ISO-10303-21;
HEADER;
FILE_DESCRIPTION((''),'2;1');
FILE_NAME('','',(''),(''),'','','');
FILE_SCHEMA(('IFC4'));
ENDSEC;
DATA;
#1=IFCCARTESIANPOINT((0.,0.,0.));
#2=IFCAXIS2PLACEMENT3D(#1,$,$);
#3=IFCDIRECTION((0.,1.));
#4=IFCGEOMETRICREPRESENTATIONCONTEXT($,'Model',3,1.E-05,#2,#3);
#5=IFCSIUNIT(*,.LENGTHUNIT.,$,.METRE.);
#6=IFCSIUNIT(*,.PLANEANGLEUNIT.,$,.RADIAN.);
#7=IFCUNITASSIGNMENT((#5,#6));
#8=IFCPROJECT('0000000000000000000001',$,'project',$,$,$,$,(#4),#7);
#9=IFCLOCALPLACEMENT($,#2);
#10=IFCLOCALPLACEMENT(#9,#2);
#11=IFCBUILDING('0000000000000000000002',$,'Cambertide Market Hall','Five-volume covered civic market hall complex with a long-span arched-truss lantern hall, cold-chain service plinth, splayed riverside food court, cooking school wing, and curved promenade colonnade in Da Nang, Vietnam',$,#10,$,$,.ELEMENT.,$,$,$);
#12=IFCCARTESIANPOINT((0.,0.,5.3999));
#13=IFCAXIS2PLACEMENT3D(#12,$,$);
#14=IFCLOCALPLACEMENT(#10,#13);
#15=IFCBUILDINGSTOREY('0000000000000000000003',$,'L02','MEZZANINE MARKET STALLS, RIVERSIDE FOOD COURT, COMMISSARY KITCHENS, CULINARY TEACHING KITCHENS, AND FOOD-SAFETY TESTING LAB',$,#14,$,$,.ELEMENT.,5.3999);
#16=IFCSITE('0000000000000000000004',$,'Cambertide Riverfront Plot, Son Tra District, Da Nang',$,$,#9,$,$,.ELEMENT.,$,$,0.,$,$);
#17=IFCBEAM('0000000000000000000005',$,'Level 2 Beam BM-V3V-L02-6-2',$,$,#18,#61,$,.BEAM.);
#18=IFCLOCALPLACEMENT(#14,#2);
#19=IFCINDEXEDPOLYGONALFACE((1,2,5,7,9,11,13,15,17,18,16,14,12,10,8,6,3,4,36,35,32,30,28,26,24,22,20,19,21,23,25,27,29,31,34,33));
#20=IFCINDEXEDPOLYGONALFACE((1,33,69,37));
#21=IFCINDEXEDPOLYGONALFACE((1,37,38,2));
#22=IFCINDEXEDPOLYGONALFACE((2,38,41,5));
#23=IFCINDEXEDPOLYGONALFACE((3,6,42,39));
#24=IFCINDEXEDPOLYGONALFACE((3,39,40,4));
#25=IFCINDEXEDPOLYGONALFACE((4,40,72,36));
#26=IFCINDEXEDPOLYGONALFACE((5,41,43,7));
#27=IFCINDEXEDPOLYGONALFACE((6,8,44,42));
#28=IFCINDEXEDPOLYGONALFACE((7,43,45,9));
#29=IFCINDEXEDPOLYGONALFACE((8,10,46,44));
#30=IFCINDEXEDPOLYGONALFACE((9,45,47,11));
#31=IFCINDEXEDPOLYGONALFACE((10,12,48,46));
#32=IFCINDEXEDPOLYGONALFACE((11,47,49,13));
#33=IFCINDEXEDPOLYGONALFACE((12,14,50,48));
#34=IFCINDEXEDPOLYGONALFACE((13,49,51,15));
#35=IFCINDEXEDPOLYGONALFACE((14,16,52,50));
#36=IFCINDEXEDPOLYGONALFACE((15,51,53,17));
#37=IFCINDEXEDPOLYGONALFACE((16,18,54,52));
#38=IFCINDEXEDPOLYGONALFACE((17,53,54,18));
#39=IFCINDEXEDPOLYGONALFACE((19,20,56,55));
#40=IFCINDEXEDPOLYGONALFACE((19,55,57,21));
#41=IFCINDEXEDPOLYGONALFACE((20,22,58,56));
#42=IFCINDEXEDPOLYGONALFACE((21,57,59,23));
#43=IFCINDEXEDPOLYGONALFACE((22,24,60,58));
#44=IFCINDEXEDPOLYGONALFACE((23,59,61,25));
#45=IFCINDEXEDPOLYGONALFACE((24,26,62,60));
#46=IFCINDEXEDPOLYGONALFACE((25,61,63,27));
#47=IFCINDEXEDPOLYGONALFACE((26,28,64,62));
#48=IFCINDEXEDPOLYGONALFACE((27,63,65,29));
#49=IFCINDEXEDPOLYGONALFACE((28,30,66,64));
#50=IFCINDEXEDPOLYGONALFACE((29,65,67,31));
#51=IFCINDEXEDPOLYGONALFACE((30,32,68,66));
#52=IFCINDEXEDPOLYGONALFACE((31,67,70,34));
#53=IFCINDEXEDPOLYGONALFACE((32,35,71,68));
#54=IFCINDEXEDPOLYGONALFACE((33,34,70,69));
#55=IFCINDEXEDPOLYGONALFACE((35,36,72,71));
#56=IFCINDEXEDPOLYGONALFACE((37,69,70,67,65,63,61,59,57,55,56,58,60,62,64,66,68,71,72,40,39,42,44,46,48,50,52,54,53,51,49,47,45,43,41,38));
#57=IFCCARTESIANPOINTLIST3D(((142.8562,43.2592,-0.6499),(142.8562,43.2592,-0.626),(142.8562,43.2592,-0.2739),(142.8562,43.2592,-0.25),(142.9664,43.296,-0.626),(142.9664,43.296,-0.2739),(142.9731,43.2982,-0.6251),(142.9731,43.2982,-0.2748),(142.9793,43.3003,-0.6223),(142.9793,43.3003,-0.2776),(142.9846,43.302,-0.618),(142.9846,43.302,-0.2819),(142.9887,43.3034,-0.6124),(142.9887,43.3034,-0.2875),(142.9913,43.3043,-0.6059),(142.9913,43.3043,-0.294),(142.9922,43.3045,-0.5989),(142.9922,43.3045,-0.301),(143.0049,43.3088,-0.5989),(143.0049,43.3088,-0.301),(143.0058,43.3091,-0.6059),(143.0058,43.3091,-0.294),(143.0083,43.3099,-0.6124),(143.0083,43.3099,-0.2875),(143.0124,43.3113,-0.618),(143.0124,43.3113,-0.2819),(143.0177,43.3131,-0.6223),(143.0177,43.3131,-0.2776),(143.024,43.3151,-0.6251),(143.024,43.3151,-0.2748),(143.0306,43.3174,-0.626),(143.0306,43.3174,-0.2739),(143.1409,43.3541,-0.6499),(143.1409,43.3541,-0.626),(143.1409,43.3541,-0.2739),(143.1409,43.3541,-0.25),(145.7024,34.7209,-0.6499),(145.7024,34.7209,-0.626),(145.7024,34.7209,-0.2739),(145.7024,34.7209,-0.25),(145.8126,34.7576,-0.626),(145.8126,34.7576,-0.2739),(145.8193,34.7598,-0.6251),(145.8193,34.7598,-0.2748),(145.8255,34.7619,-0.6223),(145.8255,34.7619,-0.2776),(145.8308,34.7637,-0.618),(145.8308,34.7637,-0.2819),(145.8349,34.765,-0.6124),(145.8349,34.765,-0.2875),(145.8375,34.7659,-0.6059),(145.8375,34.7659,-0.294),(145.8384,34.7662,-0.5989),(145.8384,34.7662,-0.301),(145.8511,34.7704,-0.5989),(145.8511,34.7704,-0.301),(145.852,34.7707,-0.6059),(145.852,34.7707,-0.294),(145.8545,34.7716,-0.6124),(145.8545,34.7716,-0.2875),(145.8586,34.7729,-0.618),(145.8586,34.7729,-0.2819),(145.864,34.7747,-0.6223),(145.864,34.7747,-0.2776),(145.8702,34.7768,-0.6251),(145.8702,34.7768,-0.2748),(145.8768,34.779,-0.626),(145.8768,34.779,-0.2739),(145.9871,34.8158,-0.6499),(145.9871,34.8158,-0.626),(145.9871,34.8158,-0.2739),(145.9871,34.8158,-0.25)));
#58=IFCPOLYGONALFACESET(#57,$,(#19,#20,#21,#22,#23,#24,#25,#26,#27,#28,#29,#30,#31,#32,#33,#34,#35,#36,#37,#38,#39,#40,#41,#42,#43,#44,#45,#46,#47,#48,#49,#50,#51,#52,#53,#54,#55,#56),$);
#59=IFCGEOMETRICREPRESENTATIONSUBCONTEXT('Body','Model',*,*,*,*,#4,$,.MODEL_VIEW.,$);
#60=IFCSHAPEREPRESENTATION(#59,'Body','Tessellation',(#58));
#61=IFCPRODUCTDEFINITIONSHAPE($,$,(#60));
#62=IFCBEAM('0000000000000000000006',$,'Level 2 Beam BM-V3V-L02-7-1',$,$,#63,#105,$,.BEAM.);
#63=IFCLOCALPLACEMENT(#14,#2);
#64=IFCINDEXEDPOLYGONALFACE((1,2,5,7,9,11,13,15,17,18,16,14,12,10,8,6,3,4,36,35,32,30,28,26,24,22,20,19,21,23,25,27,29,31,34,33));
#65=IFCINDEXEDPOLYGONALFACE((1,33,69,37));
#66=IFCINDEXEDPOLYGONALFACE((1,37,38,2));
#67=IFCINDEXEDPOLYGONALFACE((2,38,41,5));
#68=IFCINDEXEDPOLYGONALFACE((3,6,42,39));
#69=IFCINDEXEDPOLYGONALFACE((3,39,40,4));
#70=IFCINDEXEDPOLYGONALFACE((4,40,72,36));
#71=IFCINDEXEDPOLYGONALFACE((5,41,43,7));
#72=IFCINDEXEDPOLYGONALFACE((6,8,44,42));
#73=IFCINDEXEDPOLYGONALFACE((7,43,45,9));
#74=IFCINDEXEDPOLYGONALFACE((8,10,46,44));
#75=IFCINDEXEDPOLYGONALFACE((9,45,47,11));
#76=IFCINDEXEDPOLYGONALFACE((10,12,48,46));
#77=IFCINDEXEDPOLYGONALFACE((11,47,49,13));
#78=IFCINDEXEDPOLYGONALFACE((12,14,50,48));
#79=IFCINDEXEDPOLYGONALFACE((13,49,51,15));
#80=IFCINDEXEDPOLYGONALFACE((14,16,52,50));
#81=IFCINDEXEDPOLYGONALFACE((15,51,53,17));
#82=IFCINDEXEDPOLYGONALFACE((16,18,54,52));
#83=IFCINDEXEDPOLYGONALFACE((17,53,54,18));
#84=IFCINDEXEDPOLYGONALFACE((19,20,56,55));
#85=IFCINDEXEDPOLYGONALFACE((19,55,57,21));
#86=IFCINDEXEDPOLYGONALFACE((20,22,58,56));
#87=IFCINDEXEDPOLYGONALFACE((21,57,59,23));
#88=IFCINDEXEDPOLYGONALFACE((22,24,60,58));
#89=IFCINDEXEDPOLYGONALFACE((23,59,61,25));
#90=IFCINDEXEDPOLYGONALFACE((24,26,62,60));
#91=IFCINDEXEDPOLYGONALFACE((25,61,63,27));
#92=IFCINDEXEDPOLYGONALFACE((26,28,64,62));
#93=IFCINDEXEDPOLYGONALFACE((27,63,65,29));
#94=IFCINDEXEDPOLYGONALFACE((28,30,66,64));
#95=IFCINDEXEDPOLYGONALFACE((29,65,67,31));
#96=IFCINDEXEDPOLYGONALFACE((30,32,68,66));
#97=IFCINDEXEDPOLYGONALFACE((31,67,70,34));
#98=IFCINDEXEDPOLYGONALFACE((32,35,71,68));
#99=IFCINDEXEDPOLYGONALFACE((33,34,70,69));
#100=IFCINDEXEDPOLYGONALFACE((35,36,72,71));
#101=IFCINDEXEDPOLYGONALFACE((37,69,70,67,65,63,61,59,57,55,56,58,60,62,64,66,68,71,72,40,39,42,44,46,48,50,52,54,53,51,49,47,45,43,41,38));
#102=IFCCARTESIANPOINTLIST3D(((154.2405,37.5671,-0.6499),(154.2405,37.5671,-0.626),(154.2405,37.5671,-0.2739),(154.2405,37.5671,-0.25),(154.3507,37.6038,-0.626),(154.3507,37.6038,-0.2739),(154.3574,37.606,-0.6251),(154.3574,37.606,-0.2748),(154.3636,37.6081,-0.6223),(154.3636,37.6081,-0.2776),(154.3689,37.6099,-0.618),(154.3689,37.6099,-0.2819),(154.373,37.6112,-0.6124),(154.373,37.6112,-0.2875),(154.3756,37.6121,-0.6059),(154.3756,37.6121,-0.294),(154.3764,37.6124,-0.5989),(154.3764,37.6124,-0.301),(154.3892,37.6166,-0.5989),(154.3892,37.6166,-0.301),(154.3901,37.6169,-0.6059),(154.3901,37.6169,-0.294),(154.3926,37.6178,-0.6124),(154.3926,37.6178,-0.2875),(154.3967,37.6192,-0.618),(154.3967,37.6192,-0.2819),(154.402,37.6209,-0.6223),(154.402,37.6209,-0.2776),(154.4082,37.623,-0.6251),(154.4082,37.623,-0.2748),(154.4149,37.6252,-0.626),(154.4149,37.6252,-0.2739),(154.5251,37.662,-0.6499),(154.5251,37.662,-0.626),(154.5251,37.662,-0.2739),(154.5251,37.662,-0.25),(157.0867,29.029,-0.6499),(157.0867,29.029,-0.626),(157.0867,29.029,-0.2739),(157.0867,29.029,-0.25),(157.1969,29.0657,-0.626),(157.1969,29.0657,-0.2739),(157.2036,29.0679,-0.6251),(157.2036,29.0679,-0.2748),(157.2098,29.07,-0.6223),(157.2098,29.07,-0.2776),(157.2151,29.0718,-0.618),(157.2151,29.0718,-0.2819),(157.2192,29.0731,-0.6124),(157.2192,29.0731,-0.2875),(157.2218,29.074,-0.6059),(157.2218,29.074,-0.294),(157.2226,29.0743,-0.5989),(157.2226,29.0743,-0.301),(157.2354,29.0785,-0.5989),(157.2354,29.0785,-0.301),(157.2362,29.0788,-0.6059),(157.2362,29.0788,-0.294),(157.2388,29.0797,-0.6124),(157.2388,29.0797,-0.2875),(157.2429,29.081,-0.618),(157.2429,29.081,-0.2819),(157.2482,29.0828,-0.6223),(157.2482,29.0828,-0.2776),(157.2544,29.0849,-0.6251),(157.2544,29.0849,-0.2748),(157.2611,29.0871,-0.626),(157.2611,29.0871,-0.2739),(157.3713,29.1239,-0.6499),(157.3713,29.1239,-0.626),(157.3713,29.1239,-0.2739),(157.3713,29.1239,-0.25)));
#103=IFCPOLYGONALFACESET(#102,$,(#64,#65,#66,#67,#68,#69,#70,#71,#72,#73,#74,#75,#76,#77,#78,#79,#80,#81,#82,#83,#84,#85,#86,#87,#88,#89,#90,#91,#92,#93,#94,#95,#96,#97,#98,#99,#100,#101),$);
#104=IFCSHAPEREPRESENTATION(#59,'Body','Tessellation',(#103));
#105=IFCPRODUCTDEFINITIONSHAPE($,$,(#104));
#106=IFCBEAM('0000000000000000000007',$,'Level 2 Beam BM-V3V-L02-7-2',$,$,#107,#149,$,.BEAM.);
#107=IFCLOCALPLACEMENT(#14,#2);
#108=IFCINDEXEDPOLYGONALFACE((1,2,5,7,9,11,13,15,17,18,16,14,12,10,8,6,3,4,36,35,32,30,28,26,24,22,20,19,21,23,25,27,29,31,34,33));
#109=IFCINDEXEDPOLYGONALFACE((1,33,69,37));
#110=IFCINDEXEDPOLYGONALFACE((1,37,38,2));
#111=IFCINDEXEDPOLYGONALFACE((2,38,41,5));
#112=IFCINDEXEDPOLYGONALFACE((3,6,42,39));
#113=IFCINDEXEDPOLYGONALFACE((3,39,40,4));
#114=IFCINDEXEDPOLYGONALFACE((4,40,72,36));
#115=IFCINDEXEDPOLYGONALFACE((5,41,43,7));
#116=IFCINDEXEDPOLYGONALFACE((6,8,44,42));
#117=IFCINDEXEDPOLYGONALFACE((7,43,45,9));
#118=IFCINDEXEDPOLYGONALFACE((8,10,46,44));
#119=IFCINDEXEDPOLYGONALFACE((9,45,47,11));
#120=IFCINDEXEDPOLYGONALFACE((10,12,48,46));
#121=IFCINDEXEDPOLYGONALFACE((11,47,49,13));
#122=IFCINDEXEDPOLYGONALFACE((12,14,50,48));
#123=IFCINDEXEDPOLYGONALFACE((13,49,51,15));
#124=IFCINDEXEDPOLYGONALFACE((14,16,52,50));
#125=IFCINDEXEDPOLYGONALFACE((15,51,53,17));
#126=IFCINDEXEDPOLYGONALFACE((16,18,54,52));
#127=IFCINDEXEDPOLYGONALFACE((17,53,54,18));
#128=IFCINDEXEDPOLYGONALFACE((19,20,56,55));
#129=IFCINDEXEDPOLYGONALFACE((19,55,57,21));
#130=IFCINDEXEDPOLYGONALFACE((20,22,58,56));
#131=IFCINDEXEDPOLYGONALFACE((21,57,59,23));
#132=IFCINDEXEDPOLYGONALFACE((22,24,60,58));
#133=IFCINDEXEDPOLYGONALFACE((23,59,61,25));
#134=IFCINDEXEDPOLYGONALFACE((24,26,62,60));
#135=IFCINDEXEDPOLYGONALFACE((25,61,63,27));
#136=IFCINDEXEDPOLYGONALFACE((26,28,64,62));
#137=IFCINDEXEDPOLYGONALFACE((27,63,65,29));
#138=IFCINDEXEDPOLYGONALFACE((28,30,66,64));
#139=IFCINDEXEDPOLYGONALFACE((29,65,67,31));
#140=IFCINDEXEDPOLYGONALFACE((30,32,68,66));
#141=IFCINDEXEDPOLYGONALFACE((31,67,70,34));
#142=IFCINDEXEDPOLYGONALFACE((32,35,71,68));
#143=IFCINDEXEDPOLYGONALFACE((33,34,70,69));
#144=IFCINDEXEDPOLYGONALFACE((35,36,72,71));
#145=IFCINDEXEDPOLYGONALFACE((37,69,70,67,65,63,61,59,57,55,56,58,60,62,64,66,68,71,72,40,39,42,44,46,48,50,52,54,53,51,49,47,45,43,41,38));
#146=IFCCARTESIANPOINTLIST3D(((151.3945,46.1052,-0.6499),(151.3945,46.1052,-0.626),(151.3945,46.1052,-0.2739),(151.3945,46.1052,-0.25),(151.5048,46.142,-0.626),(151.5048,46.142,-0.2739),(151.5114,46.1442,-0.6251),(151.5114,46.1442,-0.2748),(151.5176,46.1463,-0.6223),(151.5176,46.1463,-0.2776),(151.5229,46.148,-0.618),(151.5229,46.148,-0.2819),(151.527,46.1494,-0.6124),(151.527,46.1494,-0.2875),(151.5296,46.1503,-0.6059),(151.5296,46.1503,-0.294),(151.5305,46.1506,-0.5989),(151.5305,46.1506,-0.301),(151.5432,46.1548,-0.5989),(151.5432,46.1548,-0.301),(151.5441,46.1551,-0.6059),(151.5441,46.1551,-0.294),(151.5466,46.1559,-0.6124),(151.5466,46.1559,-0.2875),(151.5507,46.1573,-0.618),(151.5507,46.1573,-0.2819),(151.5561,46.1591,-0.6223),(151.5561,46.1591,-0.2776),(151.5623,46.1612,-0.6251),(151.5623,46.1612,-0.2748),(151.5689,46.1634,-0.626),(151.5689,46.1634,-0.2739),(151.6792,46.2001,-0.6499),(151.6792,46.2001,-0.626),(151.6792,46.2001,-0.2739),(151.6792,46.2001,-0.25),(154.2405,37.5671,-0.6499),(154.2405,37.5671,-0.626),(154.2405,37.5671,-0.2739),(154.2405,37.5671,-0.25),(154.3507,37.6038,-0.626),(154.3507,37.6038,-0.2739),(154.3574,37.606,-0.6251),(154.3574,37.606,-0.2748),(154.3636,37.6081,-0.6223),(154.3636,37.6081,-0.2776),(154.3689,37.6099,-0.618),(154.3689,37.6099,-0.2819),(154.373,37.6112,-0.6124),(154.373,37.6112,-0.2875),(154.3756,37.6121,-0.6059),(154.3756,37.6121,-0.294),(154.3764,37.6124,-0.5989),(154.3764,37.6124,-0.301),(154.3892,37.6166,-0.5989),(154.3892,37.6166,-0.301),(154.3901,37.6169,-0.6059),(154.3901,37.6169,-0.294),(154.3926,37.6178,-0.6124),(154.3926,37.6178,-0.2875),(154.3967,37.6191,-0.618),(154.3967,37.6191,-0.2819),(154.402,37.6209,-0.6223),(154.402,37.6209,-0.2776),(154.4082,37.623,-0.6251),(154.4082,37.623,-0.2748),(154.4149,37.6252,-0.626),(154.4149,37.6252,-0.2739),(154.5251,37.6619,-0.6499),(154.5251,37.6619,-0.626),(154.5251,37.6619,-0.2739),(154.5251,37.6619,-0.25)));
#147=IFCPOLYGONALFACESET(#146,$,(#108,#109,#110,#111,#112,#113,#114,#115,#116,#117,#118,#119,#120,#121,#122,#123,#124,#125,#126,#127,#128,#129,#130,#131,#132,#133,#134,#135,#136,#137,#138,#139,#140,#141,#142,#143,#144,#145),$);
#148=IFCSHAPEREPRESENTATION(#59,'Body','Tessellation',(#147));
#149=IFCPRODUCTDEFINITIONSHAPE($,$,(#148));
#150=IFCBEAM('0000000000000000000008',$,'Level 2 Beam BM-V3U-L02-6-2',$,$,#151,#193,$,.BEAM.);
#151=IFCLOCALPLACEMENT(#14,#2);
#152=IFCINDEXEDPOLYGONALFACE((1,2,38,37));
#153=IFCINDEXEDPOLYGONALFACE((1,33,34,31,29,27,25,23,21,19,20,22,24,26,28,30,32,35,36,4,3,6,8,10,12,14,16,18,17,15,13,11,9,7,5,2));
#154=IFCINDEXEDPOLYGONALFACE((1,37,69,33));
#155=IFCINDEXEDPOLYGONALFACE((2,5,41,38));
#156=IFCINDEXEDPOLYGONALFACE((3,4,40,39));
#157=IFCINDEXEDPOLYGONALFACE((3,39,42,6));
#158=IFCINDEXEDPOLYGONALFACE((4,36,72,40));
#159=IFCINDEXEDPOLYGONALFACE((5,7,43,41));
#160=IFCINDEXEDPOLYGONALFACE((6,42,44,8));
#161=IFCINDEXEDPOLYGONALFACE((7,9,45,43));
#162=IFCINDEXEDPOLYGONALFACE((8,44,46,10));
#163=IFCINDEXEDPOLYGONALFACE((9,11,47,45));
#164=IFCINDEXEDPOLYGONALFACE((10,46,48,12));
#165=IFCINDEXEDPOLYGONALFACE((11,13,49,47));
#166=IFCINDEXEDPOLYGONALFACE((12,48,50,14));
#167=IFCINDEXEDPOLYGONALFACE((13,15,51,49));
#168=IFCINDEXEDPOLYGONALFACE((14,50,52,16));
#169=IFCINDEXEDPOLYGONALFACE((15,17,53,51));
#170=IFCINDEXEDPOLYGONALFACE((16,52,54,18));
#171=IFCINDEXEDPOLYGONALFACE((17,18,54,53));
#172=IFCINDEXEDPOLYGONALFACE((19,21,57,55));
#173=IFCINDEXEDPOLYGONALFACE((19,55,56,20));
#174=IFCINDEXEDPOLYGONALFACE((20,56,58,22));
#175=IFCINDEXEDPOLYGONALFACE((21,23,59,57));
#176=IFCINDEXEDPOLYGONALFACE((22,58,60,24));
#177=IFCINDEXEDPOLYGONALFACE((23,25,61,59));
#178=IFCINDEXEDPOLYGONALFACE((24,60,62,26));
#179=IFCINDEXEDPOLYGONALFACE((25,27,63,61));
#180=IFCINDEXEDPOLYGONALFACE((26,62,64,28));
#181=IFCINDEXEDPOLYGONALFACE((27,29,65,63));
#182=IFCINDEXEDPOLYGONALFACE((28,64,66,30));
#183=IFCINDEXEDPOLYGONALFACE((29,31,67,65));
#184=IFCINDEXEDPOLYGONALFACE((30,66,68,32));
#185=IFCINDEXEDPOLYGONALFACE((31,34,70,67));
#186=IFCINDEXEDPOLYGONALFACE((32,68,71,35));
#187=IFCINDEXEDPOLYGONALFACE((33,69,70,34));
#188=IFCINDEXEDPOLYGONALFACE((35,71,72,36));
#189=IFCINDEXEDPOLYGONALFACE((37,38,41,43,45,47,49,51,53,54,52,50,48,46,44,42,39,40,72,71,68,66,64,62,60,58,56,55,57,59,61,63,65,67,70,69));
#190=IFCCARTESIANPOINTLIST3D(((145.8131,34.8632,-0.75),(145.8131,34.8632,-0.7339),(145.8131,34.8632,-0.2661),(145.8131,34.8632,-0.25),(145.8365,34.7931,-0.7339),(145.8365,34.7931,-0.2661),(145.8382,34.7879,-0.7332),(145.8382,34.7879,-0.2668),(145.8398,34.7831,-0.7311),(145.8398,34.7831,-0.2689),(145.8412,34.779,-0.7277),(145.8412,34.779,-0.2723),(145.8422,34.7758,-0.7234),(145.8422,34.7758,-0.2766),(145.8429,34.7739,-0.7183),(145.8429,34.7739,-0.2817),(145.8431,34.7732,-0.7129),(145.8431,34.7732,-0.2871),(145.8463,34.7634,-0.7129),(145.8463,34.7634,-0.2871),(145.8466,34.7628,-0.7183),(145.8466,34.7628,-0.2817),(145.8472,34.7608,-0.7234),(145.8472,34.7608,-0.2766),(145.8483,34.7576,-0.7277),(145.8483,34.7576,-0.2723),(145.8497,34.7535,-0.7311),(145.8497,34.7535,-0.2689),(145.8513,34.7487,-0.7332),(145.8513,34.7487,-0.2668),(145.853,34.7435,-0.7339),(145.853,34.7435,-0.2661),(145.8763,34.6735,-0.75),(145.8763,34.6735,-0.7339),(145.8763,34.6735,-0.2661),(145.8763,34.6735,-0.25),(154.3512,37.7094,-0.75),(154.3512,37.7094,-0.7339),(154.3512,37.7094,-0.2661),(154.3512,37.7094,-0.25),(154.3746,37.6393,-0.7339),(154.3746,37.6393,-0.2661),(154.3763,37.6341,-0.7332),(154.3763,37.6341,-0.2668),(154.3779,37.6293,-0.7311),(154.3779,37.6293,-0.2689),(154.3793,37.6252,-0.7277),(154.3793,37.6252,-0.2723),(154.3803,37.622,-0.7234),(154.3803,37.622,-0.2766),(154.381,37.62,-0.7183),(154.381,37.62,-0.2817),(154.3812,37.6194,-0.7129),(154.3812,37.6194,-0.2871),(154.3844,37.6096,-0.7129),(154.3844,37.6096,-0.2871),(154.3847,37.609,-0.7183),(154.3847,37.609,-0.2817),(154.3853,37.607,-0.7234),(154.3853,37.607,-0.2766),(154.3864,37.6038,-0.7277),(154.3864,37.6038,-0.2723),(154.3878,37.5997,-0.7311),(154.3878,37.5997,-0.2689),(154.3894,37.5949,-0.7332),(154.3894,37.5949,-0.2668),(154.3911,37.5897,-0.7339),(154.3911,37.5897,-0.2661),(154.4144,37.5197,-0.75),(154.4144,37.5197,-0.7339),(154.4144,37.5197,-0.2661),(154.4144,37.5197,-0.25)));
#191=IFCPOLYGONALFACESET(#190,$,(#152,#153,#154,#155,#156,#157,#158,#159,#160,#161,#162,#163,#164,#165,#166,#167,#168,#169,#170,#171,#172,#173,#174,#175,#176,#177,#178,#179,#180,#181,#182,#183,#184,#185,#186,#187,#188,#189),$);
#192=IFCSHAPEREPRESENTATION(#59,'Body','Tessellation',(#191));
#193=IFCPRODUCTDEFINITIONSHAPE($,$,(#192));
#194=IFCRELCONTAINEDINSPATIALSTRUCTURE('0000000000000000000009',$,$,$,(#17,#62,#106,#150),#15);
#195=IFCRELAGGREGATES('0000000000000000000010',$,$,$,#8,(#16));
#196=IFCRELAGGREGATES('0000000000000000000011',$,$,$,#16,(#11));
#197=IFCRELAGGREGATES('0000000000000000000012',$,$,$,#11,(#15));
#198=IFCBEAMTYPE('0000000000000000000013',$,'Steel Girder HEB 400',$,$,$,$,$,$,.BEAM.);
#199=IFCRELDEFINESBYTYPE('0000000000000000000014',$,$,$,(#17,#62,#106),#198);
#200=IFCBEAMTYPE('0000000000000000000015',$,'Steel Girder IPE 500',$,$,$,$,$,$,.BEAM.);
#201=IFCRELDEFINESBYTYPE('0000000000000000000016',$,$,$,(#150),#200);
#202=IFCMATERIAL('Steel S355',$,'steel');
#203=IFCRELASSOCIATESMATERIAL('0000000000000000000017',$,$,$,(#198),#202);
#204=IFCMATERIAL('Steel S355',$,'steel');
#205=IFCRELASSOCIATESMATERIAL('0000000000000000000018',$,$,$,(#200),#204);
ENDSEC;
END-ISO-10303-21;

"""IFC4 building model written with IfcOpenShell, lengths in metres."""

from ifc_helpers import new_model, si_unit, direction, frame, origin, origin_2d, place, context, subcontext, project, spatial, i_section, extrude, material, material_profile, profile_set, type_object, element, save


model = new_model("IFC4")

# Units and contexts
model_context = context("Model", 3, precision=1e-05, world=origin(), true_north=direction((0.0, 1.0)))
body_context = subcontext(model_context, "Body", "Model", "MODEL_VIEW")
ifc_project = project(units=[si_unit("LENGTHUNIT", "METRE"), si_unit("PLANEANGLEUNIT", "RADIAN")], contexts=[model_context])

# Site, building, storey
site_placement = place(None, origin())
site = spatial("IfcSite", under=ifc_project, at=site_placement, Name="Cambertide Riverfront Plot, Son Tra District, Da Nang", CompositionType="ELEMENT", RefElevation=0.0)
building_placement = place(site_placement, origin())
building = spatial("IfcBuilding", under=site, at=building_placement, Name="Cambertide Market Hall", Description="Five-volume covered civic market hall complex with a long-span arched-truss lantern hall, cold-chain service plinth, splayed riverside food court, cooking school wing, and curved promenade colonnade in Da Nang, Vietnam", CompositionType="ELEMENT")
storey_placement = place(building_placement, frame((0.0, 0.0, 5.3999)))
storey = spatial("IfcBuildingStorey", under=building, at=storey_placement, Name="L02", Description="MEZZANINE MARKET STALLS, RIVERSIDE FOOD COURT, COMMISSARY KITCHENS, CULINARY TEACHING KITCHENS, AND FOOD-SAFETY TESTING LAB", CompositionType="ELEMENT", Elevation=5.3999)

# Beams
ifc_material_1 = material(Name="Steel S355", Category="steel")
ifc_material_profile_1 = material_profile(ifc_material_1, i_section(OverallWidth=0.3, OverallDepth=0.3999, WebThickness=0.0134, FlangeThickness=0.0239, FilletRadius=0.0271, at=origin_2d()), Name="HEB 400")
ifc_profile_set_1 = profile_set([ifc_material_profile_1], Name="Steel S355")
beam_type_1 = type_object("IfcBeamType", Name="Steel Girder HEB 400", PredefinedType="BEAM", material=ifc_profile_set_1)
beam_1_placement = place(storey_placement, frame((145.8447, 34.7683, -0.45), z_axis=(-0.316236, 0.948681, 0.0), x_axis=(-0.948681, -0.316236, 0.0)))
element("IfcBeam", 1, at=beam_1_placement, inside=storey, type_object=beam_type_1, Name="Level 2 Beam BM-V3V-L02-6-2", PredefinedType="BEAM", context=body_context, shape_type="SweptSolid", body=[
    extrude(i_section(OverallWidth=0.3, OverallDepth=0.3999, WebThickness=0.0134, FlangeThickness=0.0239, FilletRadius=0.0271, at=origin_2d()), origin(), (0.0, 0.0, 1.0), 9.0002),
])
for number, where, z_axis, x_axis, name in (
    (2, (157.229, 29.0764, -0.45), (-0.316244, 0.948678, 0.0), (-0.948678, -0.316244, 0.0), "Level 2 Beam BM-V3V-L02-7-1"),
    (3, (154.3828, 37.6145, -0.45), (-0.31622, 0.948686, 0.0), (-0.948686, -0.31622, 0.0), "Level 2 Beam BM-V3V-L02-7-2"),
):
    element("IfcBeam", number, at=place(storey_placement, frame(where, z_axis=z_axis, x_axis=x_axis)), inside=storey, type_object=beam_type_1, Name=name, PredefinedType="BEAM", context=body_context, shape_type="SweptSolid", body=[
        extrude(i_section(OverallWidth=0.3, OverallDepth=0.3999, WebThickness=0.0134, FlangeThickness=0.0239, FilletRadius=0.0271, at=origin_2d()), origin(), (0.0, 0.0, 1.0), 9.0),
    ])
ifc_material_2 = material(Name="Steel S355", Category="steel")
ifc_material_profile_2 = material_profile(ifc_material_2, i_section(OverallWidth=0.2, OverallDepth=0.5, WebThickness=0.0103, FlangeThickness=0.0161, FilletRadius=0.021, at=origin_2d()), Name="IPE 500")
ifc_profile_set_2 = profile_set([ifc_material_profile_2], Name="Steel S355")
beam_type_2 = type_object("IfcBeamType", Name="Steel Girder IPE 500", PredefinedType="BEAM", material=ifc_profile_set_2)
for number, where, z_axis, x_axis, name in (
    (4, (145.8447, 34.7683, -0.5), (0.948678, 0.316244, 0.0), (-0.316244, 0.948678, 0.0), "Level 2 Beam BM-V3U-L02-6-2"),
):
    element("IfcBeam", number, at=place(storey_placement, frame(where, z_axis=z_axis, x_axis=x_axis)), inside=storey, type_object=beam_type_2, Name=name, PredefinedType="BEAM", context=body_context, shape_type="SweptSolid", body=[
        extrude(i_section(OverallWidth=0.2, OverallDepth=0.5, WebThickness=0.0103, FlangeThickness=0.0161, FilletRadius=0.021, at=origin_2d()), origin(), (0.0, 0.0, 1.0), 9.0),
    ])

save(model, "model.ifc")
